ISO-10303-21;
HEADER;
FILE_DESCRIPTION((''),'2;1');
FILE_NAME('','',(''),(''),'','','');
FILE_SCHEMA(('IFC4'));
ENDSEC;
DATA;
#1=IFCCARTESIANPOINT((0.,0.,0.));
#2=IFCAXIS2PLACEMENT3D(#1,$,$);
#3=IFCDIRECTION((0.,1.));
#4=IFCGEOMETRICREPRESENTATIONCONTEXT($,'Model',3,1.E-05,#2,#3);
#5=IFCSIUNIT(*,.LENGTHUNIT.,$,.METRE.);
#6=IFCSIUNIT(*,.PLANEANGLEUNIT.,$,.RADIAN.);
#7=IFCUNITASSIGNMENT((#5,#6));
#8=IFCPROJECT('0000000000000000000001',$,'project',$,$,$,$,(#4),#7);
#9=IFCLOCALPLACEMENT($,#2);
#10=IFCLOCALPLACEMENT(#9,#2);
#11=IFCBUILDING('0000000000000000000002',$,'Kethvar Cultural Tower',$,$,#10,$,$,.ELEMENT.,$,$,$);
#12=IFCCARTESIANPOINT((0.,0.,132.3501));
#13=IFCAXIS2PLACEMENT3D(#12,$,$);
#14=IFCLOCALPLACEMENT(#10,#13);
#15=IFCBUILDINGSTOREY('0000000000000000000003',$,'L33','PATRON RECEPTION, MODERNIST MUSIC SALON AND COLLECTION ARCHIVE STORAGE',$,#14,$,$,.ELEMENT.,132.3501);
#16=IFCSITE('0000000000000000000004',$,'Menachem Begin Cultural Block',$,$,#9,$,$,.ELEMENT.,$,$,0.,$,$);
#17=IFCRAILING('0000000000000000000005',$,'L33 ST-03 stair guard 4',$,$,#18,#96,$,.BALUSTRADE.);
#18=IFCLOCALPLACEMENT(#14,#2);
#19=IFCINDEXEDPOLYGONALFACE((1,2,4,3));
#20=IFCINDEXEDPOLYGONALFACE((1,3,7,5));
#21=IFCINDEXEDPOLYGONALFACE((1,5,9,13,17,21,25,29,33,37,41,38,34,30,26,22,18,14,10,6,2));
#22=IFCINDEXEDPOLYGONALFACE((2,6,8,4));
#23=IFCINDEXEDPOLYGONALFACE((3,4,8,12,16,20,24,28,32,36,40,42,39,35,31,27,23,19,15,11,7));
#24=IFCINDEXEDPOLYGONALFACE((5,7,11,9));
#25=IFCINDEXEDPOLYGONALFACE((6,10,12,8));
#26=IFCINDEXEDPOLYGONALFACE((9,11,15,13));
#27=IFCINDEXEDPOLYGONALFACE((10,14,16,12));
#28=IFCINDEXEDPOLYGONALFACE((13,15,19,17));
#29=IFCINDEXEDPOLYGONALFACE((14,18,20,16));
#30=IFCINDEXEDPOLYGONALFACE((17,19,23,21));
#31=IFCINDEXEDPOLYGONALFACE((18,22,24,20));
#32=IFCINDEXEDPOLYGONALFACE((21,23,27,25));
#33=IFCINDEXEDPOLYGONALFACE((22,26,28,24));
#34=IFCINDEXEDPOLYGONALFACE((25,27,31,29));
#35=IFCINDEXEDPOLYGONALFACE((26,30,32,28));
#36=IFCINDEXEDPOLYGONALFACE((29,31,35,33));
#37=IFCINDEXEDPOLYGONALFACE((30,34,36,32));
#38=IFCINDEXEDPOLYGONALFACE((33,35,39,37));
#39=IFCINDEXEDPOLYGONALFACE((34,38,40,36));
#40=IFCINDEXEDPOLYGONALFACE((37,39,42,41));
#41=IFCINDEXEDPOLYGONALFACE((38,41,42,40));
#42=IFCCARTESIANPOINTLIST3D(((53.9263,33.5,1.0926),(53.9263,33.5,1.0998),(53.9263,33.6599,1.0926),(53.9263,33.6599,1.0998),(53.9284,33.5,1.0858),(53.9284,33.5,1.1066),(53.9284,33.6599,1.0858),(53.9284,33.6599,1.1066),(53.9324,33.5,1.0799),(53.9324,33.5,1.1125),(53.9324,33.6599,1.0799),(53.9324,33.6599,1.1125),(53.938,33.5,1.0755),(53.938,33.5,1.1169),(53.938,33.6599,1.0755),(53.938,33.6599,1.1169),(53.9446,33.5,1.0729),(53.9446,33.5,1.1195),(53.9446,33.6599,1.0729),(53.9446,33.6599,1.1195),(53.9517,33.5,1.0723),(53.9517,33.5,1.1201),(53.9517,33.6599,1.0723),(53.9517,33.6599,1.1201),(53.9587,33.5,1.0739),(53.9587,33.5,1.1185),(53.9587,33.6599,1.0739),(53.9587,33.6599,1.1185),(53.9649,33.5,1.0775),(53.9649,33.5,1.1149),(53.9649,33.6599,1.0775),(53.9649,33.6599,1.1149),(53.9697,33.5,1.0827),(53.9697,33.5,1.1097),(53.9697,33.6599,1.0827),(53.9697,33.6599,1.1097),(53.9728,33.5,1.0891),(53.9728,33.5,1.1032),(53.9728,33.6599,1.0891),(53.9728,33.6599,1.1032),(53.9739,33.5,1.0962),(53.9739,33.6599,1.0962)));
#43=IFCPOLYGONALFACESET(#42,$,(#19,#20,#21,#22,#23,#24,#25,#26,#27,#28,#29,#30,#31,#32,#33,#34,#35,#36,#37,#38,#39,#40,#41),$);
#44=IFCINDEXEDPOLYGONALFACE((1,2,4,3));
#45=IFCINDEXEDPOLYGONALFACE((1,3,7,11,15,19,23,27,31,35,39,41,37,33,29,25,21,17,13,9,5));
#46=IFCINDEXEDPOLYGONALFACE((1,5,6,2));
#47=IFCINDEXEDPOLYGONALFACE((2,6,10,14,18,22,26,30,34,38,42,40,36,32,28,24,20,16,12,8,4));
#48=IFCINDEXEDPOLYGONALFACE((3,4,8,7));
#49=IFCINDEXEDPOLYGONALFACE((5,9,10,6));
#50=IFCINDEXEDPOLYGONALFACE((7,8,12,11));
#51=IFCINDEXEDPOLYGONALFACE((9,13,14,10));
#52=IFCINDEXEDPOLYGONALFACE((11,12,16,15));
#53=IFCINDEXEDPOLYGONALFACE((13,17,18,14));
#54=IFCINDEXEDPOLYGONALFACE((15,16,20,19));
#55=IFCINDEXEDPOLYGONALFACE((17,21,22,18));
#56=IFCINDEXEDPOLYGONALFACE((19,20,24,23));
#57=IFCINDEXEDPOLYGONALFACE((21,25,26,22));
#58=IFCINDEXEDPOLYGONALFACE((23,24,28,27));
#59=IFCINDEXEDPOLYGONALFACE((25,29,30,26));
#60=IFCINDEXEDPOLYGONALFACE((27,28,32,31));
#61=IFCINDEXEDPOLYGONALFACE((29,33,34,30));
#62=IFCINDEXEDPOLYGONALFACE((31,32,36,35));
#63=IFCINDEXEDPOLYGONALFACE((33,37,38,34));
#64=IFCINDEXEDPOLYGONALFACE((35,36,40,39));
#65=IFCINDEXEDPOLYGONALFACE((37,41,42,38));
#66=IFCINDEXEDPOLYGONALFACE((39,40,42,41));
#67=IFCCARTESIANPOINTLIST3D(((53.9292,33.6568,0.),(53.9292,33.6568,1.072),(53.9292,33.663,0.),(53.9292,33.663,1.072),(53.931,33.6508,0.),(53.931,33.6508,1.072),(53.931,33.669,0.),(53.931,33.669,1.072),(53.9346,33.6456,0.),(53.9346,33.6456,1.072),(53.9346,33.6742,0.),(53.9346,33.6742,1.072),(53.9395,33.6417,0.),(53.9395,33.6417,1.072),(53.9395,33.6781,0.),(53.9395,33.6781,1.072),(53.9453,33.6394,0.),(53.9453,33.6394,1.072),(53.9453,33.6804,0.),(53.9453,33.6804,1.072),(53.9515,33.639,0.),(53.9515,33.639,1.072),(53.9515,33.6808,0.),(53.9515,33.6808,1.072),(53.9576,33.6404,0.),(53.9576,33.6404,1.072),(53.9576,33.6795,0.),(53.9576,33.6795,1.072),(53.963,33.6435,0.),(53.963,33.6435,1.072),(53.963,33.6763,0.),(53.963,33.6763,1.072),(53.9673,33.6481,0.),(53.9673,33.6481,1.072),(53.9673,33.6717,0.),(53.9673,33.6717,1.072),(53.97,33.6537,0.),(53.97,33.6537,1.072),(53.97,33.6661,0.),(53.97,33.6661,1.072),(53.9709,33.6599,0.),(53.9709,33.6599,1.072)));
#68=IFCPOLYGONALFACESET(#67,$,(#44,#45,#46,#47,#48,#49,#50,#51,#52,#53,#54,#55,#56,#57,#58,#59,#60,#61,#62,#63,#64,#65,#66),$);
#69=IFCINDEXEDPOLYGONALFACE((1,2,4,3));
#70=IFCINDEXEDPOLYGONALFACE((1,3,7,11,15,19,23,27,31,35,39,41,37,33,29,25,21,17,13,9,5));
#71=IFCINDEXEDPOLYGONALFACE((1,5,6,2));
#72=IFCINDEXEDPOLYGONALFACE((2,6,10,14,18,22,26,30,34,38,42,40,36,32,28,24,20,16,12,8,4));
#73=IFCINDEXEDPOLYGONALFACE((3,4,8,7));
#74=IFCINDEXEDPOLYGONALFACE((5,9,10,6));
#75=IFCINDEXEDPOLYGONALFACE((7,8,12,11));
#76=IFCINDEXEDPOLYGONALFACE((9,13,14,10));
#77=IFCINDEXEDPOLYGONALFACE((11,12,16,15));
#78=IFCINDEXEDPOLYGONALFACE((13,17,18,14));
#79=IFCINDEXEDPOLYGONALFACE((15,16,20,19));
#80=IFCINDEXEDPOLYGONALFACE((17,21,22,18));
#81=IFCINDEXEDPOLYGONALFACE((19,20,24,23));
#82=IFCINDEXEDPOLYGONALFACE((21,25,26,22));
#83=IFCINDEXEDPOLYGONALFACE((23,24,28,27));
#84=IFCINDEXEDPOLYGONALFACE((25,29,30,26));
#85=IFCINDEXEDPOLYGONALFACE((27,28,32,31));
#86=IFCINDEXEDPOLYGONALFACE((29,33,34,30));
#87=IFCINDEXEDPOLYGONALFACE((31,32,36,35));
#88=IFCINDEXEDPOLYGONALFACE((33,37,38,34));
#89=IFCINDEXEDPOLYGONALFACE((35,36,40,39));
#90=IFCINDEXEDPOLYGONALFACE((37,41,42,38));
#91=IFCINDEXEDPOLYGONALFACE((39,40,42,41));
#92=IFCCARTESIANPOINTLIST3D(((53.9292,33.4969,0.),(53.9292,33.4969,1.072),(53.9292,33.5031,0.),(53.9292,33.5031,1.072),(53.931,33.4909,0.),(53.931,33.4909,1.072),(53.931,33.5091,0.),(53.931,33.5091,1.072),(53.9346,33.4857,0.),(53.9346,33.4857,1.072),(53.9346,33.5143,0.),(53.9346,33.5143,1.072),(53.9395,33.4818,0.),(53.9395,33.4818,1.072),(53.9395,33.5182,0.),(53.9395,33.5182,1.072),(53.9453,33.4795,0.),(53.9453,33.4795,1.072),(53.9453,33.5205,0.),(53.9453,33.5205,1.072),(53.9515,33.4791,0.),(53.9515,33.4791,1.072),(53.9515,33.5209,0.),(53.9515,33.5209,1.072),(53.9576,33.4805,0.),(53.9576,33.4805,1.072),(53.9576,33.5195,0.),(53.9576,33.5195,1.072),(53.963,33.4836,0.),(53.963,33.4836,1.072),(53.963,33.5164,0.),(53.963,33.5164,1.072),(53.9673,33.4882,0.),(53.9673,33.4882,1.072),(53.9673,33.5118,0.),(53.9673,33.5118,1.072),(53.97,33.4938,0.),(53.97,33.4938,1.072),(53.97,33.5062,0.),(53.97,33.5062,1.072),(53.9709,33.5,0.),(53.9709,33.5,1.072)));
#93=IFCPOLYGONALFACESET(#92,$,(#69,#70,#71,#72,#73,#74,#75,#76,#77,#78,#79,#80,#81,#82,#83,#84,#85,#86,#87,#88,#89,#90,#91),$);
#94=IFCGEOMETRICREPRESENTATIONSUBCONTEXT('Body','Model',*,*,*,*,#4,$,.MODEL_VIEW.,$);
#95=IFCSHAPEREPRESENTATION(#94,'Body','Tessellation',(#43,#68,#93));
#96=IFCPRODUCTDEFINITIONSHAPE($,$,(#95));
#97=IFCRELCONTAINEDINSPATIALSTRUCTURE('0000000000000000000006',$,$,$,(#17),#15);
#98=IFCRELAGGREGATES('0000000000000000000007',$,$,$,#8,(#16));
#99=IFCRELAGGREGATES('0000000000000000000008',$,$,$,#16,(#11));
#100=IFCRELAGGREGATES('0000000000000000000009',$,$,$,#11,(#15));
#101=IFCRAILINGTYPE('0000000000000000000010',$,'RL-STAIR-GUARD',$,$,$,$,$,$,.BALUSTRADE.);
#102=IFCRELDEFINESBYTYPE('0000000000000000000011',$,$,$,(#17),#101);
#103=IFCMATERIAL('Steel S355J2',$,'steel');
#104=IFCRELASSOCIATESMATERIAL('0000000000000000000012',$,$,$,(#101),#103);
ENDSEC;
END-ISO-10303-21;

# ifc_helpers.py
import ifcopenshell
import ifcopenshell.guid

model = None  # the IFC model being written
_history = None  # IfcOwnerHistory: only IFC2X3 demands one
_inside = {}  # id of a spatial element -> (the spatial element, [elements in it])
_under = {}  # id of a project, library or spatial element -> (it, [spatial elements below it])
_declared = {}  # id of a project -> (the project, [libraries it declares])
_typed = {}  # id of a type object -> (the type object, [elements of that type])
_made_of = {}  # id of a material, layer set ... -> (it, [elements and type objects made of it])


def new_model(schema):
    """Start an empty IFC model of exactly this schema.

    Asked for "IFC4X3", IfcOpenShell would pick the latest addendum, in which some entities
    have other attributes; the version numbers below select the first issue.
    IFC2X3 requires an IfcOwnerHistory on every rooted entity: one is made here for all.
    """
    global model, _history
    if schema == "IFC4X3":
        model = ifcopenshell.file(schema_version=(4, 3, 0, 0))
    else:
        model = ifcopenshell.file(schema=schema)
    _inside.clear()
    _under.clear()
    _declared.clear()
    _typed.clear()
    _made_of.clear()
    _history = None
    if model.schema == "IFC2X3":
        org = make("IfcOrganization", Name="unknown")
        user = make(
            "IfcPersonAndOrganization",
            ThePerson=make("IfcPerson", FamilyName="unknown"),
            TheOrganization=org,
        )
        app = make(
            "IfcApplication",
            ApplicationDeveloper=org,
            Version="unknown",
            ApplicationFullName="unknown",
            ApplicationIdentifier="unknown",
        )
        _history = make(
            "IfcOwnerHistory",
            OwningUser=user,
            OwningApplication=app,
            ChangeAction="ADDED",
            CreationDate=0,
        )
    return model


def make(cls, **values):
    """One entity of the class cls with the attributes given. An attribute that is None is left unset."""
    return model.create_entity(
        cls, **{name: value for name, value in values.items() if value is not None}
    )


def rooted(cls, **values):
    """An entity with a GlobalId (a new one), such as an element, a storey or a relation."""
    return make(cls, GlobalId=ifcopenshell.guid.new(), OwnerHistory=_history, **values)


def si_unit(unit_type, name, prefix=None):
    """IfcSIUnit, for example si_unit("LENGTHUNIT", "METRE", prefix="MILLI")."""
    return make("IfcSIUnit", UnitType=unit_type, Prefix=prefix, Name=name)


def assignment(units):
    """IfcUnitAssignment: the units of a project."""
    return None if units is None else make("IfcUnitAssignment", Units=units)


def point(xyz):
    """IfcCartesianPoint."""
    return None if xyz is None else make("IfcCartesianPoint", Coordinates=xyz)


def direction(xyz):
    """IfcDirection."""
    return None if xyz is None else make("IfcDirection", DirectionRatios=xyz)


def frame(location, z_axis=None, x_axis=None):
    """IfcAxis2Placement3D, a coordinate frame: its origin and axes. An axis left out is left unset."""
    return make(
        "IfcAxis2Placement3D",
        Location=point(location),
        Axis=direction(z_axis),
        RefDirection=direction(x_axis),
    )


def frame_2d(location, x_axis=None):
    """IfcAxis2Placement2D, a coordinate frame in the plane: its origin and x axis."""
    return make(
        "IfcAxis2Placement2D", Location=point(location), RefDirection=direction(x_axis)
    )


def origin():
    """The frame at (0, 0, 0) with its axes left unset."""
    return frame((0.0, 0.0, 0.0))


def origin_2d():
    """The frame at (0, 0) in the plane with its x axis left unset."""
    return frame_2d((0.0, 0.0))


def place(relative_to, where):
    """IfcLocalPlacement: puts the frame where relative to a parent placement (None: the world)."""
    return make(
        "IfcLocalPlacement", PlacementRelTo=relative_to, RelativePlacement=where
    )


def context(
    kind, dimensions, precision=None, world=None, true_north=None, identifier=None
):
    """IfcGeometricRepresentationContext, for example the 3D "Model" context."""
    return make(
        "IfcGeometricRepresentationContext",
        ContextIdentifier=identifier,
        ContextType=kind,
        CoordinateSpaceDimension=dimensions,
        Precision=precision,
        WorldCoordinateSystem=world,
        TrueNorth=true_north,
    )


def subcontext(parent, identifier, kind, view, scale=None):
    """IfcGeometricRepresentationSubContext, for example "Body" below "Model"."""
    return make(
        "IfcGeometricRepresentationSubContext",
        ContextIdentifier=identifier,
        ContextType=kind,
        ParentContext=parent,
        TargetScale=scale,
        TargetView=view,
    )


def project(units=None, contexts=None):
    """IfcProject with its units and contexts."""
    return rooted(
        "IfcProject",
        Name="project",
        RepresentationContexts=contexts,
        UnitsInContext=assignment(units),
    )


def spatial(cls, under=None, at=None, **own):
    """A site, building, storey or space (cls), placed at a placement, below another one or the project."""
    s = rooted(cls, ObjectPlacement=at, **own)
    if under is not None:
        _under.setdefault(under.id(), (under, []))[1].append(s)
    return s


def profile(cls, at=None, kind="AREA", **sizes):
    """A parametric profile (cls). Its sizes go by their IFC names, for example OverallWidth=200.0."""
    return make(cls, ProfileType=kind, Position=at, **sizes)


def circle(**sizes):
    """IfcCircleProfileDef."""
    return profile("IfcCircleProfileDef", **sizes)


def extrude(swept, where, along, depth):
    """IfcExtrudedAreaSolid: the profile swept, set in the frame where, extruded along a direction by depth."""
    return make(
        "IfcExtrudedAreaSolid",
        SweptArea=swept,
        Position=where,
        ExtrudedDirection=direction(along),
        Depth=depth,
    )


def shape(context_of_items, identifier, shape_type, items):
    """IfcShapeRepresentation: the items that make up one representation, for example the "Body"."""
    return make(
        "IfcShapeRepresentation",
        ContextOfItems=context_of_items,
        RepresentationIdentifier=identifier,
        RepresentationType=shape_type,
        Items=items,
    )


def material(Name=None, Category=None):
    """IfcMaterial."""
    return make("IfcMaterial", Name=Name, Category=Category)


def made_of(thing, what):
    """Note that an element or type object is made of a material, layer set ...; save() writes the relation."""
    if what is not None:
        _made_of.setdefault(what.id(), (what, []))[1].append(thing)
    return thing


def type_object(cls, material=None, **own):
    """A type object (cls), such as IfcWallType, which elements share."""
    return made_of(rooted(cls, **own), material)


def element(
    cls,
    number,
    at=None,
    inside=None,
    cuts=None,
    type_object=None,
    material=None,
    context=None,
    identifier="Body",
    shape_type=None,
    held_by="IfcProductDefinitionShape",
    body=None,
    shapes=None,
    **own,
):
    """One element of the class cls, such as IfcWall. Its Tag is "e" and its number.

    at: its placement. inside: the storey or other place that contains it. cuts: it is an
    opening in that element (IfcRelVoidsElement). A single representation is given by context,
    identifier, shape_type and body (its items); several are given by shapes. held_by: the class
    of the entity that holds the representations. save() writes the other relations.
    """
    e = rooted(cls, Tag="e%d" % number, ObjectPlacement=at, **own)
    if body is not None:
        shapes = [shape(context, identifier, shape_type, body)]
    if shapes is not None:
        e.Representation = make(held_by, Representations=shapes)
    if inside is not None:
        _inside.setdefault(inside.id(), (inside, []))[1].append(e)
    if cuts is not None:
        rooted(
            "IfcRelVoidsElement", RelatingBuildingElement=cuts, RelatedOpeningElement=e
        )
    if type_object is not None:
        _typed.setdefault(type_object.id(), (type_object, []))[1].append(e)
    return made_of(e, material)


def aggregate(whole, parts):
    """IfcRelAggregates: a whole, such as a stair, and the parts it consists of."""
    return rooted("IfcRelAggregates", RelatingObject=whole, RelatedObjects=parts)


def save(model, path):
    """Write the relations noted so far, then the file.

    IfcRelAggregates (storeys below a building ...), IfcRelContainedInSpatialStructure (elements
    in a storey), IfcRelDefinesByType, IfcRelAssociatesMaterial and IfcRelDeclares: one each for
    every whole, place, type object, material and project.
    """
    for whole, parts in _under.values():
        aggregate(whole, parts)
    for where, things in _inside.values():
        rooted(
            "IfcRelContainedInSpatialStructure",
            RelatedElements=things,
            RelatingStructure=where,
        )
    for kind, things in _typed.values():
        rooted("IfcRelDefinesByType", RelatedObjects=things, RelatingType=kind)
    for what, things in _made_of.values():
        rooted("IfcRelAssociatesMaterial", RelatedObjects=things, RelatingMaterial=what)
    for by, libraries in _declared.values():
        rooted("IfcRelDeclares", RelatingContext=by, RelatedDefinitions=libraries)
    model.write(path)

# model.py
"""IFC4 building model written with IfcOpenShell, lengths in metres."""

from ifc_helpers import new_model, si_unit, direction, frame, origin, origin_2d, place, context, subcontext, project, spatial, circle, extrude, material, type_object, element, save


model = new_model("IFC4")

# Units and contexts
model_context = context("Model", 3, precision=1e-05, world=origin(), true_north=direction((0.0, 1.0)))
body_context = subcontext(model_context, "Body", "Model", "MODEL_VIEW")
ifc_project = project(units=[si_unit("LENGTHUNIT", "METRE"), si_unit("PLANEANGLEUNIT", "RADIAN")], contexts=[model_context])

# Site, building, storey
site_placement = place(None, origin())
site = spatial("IfcSite", under=ifc_project, at=site_placement, Name="Menachem Begin Cultural Block", CompositionType="ELEMENT", RefElevation=0.0)
building_placement = place(site_placement, origin())
building = spatial("IfcBuilding", under=site, at=building_placement, Name="Kethvar Cultural Tower", CompositionType="ELEMENT")
storey_placement = place(building_placement, frame((0.0, 0.0, 132.3501)))
storey = spatial("IfcBuildingStorey", under=building, at=storey_placement, Name="L33", Description="PATRON RECEPTION, MODERNIST MUSIC SALON AND COLLECTION ARCHIVE STORAGE", CompositionType="ELEMENT", Elevation=132.3501)

# Shared definitions
ifc_material_1 = material(Name="Steel S355J2", Category="steel")

# Railing
railing_type_1 = type_object("IfcRailingType", Name="RL-STAIR-GUARD", PredefinedType="BALUSTRADE", material=ifc_material_1)
railing_1_placement = place(storey_placement, frame((53.95, 33.6599, 0.0)))
element("IfcRailing", 1, at=railing_1_placement, inside=storey, type_object=railing_type_1, Name="L33 ST-03 stair guard 4", PredefinedType="BALUSTRADE", context=body_context, shape_type="SweptSolid", body=[
    extrude(circle(Radius=0.0239, at=origin_2d()), frame((0.0, 0.0, 1.0962), z_axis=(0.0, -1.0, 0.0), x_axis=(1.0, 0.0, 0.0)), (0.0, 0.0, 1.0), 0.1599),
    extrude(circle(Radius=0.021, at=origin_2d()), origin(), (0.0, 0.0, 1.0), 1.072),
    extrude(circle(Radius=0.021, at=origin_2d()), frame((0.0, -0.1599, 0.0)), (0.0, 0.0, 1.0), 1.072),
])

save(model, "model.ifc")
